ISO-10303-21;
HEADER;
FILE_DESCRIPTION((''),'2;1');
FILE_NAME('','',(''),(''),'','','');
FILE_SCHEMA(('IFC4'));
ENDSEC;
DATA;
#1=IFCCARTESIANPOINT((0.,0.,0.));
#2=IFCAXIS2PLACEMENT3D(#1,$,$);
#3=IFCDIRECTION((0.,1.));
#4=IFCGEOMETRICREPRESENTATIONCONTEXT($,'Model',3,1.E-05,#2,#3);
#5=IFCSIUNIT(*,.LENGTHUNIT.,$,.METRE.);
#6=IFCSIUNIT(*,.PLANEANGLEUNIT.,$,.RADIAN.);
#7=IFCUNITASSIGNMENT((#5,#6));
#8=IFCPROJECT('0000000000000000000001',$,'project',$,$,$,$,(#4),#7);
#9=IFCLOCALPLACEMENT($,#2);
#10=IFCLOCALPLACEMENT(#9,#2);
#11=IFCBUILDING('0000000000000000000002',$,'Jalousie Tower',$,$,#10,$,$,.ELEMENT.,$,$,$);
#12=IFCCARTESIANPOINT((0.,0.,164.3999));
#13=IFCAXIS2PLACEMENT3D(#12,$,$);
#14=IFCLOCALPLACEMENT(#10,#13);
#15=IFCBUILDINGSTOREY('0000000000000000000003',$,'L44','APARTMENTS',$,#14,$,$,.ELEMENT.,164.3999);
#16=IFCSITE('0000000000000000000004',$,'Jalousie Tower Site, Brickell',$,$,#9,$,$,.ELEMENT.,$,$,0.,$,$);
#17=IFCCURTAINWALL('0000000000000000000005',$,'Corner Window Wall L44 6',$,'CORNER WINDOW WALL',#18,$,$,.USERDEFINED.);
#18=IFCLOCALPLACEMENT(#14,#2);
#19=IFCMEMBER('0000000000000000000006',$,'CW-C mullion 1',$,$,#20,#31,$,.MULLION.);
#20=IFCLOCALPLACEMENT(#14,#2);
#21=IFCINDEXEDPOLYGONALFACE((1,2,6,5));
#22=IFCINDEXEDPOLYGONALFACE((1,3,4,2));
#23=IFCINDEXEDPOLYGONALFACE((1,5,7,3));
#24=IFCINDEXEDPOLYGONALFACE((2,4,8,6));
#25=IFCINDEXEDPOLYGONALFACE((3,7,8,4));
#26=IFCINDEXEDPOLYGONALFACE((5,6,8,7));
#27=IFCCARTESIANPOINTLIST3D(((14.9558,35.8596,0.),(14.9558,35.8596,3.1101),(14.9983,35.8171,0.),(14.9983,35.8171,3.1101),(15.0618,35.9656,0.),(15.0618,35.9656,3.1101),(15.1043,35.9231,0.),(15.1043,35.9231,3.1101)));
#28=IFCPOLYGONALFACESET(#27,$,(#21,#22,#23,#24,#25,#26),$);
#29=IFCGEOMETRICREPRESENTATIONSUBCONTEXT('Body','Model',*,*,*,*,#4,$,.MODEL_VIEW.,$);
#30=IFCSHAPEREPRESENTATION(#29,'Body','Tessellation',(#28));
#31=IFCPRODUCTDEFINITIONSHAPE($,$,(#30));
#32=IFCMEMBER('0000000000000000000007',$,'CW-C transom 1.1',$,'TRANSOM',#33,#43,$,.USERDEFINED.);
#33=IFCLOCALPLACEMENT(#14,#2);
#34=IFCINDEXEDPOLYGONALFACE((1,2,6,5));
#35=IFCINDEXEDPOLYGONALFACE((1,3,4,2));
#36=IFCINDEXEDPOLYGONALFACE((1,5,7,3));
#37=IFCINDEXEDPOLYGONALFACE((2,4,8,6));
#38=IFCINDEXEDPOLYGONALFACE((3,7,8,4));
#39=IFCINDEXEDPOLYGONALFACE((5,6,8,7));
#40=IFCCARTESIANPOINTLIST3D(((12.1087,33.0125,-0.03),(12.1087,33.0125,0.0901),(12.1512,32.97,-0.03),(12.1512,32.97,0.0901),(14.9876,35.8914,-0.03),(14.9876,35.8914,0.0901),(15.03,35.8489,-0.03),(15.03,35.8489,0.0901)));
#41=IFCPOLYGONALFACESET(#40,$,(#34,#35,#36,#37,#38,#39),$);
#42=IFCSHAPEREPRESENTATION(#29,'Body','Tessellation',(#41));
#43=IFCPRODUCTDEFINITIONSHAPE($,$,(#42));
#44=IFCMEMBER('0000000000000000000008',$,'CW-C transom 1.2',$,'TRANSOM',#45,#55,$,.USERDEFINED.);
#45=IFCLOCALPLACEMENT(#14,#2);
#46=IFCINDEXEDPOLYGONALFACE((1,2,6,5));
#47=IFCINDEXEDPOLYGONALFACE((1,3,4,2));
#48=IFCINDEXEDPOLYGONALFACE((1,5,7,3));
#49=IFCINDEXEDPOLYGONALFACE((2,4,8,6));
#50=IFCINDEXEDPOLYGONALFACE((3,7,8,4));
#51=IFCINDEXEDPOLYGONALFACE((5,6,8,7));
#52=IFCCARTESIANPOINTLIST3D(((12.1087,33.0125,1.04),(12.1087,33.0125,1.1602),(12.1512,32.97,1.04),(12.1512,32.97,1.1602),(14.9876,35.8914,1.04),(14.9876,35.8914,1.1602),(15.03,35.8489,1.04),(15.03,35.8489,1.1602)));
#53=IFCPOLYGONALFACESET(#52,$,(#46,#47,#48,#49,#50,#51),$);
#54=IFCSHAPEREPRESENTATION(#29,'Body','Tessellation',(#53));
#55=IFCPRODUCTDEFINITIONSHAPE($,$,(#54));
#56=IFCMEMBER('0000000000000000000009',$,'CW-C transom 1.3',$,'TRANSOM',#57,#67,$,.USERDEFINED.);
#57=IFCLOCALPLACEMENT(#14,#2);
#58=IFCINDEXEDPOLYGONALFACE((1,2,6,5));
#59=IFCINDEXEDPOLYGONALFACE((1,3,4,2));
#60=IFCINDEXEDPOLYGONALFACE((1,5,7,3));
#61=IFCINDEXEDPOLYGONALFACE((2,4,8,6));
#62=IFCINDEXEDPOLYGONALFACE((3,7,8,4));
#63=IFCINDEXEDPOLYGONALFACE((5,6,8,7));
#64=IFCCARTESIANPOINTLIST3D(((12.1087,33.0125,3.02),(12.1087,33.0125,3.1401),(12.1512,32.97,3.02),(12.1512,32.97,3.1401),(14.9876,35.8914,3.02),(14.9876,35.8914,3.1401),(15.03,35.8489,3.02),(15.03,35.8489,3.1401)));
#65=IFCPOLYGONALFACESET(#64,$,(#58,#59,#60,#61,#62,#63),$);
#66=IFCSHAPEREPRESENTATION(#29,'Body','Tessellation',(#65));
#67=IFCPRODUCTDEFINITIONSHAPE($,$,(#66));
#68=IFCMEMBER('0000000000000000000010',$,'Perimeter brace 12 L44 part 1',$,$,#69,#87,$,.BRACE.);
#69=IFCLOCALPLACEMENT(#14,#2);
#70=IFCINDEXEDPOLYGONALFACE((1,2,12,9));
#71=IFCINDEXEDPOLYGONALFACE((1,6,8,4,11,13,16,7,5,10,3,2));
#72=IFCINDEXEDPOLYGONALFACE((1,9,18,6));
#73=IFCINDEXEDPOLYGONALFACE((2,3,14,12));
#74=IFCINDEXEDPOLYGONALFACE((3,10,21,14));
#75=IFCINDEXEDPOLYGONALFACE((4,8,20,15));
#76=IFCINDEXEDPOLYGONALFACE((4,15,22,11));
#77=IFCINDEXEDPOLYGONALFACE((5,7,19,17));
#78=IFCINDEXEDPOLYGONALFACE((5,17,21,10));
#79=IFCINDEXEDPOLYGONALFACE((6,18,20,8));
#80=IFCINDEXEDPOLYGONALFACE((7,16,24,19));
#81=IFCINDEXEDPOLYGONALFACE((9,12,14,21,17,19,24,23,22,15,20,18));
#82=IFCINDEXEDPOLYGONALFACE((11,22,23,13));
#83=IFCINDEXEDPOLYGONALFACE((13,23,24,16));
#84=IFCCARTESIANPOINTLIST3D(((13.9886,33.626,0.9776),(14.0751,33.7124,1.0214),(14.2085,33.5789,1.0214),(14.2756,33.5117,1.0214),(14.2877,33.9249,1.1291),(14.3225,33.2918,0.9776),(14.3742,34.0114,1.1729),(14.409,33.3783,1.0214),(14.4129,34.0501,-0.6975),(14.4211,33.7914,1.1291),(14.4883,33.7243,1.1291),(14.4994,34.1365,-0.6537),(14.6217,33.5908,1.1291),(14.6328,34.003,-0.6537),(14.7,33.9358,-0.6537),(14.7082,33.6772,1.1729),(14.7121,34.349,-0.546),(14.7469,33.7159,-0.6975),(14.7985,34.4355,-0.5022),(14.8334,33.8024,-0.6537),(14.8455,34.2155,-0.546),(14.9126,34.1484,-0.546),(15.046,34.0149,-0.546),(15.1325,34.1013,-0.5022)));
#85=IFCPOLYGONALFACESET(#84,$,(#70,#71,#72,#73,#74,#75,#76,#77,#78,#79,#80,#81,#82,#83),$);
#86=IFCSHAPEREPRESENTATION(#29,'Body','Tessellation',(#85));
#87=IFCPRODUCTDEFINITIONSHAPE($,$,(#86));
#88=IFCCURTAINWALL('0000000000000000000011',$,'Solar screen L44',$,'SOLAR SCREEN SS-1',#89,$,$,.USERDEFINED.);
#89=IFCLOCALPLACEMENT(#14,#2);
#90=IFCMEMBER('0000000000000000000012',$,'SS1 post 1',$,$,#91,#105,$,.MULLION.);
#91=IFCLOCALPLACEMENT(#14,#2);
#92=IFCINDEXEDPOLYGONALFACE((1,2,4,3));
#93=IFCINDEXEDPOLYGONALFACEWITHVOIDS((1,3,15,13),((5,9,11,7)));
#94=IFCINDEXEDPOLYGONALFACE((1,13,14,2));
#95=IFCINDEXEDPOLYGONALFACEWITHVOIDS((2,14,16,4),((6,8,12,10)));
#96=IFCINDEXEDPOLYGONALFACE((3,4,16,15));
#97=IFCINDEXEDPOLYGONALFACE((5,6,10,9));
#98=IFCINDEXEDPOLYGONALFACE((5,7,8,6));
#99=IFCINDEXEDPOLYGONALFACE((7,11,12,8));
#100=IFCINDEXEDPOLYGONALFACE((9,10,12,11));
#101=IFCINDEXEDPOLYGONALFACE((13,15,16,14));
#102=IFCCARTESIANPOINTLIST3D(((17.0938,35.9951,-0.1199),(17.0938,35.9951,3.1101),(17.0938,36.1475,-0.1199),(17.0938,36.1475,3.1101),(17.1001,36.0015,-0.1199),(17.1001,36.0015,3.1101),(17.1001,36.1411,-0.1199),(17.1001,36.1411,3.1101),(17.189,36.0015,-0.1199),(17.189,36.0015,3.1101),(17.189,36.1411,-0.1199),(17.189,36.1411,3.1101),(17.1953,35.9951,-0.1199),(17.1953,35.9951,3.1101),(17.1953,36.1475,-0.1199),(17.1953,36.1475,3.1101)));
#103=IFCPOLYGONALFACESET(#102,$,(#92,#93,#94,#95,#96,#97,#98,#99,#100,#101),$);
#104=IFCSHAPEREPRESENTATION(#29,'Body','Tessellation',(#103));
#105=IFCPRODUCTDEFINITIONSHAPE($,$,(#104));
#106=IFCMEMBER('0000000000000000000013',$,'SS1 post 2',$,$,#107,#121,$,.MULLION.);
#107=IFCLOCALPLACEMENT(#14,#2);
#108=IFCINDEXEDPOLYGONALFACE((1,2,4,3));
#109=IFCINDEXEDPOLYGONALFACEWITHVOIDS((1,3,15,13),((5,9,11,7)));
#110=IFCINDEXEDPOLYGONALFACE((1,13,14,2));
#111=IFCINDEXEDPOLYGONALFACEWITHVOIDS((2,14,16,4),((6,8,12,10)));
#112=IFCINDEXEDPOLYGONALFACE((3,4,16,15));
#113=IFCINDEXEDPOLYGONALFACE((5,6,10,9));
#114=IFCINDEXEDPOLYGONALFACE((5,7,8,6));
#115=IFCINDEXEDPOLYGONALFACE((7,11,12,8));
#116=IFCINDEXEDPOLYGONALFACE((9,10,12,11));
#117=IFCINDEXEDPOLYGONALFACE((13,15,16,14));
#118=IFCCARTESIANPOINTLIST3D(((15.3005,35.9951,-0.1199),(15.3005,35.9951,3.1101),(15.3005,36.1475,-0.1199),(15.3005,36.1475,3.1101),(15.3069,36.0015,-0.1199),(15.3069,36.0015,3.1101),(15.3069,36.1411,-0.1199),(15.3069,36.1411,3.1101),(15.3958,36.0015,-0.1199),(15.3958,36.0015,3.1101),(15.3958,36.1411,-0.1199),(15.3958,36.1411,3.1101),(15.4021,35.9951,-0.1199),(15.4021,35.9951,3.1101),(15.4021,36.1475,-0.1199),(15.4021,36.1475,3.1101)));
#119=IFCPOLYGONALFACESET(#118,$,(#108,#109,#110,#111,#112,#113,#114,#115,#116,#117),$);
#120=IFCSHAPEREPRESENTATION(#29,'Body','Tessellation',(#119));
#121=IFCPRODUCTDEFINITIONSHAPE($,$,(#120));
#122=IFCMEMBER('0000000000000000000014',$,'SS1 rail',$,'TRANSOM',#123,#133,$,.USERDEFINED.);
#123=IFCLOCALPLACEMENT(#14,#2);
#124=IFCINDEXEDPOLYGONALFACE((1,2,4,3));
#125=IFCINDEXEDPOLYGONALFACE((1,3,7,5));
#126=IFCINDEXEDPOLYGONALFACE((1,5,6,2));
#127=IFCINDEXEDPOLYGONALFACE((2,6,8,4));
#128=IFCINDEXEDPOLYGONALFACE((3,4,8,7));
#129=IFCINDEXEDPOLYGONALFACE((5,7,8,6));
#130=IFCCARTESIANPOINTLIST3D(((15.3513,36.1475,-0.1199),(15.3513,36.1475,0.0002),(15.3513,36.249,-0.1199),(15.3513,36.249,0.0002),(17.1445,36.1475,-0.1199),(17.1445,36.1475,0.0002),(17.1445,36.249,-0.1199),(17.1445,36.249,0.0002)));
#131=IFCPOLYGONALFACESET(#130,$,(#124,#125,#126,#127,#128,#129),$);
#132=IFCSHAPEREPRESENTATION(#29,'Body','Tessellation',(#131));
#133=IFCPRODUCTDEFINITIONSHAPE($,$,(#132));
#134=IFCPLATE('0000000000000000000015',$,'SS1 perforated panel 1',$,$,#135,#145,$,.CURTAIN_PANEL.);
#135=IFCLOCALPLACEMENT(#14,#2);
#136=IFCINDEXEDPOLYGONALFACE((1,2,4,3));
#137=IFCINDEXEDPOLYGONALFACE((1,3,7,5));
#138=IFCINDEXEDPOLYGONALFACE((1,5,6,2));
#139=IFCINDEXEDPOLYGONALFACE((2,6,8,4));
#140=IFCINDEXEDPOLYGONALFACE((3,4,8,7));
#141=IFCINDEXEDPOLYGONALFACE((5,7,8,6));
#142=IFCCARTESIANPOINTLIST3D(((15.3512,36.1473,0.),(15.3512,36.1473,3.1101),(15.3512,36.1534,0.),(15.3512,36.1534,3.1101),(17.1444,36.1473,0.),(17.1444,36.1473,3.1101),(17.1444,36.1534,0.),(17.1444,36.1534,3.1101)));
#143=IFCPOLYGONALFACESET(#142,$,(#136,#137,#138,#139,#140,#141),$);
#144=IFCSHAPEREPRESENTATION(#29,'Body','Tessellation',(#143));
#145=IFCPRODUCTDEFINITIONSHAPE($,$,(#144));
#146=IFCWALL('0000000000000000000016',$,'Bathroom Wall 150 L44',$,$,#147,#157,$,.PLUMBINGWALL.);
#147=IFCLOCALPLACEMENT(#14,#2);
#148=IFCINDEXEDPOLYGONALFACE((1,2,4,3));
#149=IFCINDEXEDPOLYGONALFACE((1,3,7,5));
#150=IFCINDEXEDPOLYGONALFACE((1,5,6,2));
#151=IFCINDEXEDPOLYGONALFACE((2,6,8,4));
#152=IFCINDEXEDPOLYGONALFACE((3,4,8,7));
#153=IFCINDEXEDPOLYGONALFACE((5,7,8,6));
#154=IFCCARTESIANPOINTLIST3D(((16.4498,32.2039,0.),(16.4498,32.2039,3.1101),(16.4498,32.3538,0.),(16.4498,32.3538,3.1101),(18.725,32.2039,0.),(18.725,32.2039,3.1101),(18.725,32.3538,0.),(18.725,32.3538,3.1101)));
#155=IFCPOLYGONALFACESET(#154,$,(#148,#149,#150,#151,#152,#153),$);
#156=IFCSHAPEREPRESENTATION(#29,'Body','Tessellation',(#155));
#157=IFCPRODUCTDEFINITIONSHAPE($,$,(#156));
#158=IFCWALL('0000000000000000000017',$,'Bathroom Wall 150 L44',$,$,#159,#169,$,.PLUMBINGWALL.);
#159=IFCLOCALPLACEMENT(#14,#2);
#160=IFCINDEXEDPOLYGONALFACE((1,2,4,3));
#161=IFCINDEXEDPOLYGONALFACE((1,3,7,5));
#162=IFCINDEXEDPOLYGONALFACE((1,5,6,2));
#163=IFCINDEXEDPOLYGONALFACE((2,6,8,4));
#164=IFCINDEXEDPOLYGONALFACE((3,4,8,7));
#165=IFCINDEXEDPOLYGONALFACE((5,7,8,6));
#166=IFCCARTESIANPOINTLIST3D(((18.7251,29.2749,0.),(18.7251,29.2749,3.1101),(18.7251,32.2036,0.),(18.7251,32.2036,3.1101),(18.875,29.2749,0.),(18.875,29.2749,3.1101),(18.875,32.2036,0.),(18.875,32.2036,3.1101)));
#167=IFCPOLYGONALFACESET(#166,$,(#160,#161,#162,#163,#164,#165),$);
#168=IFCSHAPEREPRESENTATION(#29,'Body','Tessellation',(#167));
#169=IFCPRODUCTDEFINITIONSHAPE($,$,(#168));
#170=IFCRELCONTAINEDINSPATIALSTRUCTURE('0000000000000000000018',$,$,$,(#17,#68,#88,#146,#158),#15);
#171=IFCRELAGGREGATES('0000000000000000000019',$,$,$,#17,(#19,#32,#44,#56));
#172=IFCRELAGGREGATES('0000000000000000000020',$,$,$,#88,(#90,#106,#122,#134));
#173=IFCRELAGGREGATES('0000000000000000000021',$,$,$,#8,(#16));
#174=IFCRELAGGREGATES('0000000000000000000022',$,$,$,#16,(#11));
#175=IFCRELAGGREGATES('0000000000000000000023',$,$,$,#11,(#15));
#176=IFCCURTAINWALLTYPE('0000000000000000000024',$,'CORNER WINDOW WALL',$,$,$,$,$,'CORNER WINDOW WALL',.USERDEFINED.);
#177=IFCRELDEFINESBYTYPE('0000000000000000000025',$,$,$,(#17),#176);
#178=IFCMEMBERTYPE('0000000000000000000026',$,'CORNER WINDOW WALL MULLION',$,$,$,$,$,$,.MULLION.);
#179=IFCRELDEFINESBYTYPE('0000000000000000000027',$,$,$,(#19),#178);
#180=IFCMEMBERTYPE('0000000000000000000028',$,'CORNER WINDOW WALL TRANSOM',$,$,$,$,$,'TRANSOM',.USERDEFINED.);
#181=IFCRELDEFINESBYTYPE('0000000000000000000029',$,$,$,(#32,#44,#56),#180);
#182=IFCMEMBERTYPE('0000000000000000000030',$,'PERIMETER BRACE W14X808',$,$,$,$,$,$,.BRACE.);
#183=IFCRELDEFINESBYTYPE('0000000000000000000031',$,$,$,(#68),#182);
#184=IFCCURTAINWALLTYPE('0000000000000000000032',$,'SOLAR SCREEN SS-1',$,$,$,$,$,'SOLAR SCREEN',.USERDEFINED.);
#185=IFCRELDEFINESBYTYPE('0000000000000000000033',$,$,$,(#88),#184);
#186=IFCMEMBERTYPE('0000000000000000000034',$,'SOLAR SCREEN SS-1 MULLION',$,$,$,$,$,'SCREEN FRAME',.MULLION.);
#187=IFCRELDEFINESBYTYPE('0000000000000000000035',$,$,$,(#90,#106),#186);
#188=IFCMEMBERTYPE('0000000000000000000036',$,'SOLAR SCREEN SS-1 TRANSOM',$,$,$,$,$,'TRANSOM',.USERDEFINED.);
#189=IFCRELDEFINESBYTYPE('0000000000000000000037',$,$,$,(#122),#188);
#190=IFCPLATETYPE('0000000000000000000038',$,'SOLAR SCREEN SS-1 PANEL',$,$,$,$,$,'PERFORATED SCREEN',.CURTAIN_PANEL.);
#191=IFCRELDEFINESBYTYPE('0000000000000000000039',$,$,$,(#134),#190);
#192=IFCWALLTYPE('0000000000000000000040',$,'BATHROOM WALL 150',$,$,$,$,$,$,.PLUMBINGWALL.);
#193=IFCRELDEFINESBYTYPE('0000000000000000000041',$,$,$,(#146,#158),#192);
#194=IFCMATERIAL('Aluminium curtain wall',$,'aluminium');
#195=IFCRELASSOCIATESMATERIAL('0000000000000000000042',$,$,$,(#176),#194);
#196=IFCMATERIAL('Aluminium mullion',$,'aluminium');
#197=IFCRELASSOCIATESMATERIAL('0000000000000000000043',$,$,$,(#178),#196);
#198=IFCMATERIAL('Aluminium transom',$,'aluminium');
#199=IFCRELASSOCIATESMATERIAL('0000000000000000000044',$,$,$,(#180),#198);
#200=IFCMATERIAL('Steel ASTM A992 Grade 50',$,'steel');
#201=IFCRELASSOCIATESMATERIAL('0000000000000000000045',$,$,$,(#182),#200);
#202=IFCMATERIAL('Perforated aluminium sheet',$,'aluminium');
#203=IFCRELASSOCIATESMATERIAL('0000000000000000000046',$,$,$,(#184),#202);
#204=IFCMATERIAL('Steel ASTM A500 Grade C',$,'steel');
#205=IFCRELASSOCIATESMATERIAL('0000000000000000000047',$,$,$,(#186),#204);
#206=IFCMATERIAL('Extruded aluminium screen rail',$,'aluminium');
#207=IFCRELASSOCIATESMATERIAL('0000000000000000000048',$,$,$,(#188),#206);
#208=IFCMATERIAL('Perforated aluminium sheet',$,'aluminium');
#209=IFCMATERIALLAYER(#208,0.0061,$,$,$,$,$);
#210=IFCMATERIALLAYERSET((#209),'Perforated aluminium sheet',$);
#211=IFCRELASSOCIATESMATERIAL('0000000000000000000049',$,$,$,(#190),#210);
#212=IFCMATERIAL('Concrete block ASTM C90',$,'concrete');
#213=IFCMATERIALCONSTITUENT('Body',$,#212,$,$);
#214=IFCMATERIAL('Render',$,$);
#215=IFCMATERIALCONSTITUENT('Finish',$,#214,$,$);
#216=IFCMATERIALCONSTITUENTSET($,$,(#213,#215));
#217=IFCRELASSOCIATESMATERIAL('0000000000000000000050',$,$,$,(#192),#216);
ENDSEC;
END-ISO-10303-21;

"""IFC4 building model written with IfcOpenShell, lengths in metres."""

from ifc_helpers import new_model, si_unit, direction, frame, frame_2d, origin, origin_2d, place, context, subcontext, project, spatial, rectangle, hollow_rectangle, i_section, extrude, material, layer, layer_set, constituent, constituent_set, material_profile, profile_set, type_object, element, aggregate, save


model = new_model("IFC4")

# Units and contexts
model_context = context("Model", 3, precision=1e-05, world=origin(), true_north=direction((0.0, 1.0)))
body_context = subcontext(model_context, "Body", "Model", "MODEL_VIEW")
ifc_project = project(units=[si_unit("LENGTHUNIT", "METRE"), si_unit("PLANEANGLEUNIT", "RADIAN")], contexts=[model_context])

# Site, building, storey
site_placement = place(None, origin())
site = spatial("IfcSite", under=ifc_project, at=site_placement, Name="Jalousie Tower Site, Brickell", CompositionType="ELEMENT", RefElevation=0.0)
building_placement = place(site_placement, origin())
building = spatial("IfcBuilding", under=site, at=building_placement, Name="Jalousie Tower", CompositionType="ELEMENT")
storey_placement = place(building_placement, frame((0.0, 0.0, 164.3999)))
storey = spatial("IfcBuildingStorey", under=building, at=storey_placement, Name="L44", Description="APARTMENTS", CompositionType="ELEMENT", Elevation=164.3999)

# Curtain wall, members
ifc_material_1 = material(Name="Aluminium curtain wall", Category="aluminium")
curtain_wall_type_1 = type_object("IfcCurtainWallType", Name="CORNER WINDOW WALL", ElementType="CORNER WINDOW WALL", PredefinedType="USERDEFINED", material=ifc_material_1)
curtain_wall_1_placement = place(storey_placement, origin())
curtain_wall_1 = element("IfcCurtainWall", 1, at=curtain_wall_1_placement, inside=storey, type_object=curtain_wall_type_1, Name="Corner Window Wall L44 6", ObjectType="CORNER WINDOW WALL", PredefinedType="USERDEFINED")
ifc_material_2 = material(Name="Aluminium mullion", Category="aluminium")
ifc_material_profile_1 = material_profile(ifc_material_2, rectangle(XDim=0.0601, YDim=0.1499, at=origin_2d()), Name="MULLION 60x150")
ifc_profile_set_1 = profile_set([ifc_material_profile_1], Name="Aluminium mullion")
member_type_1 = type_object("IfcMemberType", Name="CORNER WINDOW WALL MULLION", PredefinedType="MULLION", material=ifc_profile_set_1)
member_1_placement = place(storey_placement, frame((15.03, 35.8914, 0.0), z_axis=(0.0, 0.0, 1.0), x_axis=(0.707107, -0.707107, 0.0)))
member_1 = element("IfcMember", 2, at=member_1_placement, type_object=member_type_1, Name="CW-C mullion 1", PredefinedType="MULLION", context=body_context, shape_type="SweptSolid", body=[
    extrude(rectangle(XDim=0.0601, YDim=0.1499, at=origin_2d()), origin(), (0.0, 0.0, 1.0), 3.1101),
])
ifc_material_3 = material(Name="Aluminium transom", Category="aluminium")
ifc_material_profile_2 = material_profile(ifc_material_3, rectangle(XDim=0.0601, YDim=0.1201, at=origin_2d()), Name="TRANSOM 60x120")
ifc_profile_set_2 = profile_set([ifc_material_profile_2], Name="Aluminium transom")
member_type_2 = type_object("IfcMemberType", Name="CORNER WINDOW WALL TRANSOM", ElementType="TRANSOM", PredefinedType="USERDEFINED", material=ifc_profile_set_2)
member_2_placement = place(storey_placement, frame((15.0088, 35.8701, 0.03), z_axis=(-0.707107, -0.707107, 0.0), x_axis=(0.707107, -0.707107, 0.0)))
member_2 = element("IfcMember", 3, at=member_2_placement, type_object=member_type_2, Name="CW-C transom 1.1", ObjectType="TRANSOM", PredefinedType="USERDEFINED", context=body_context, shape_type="SweptSolid", body=[
    extrude(rectangle(XDim=0.0601, YDim=0.1201, at=origin_2d()), origin(), (0.0, 0.0, 1.0), 4.0713),
])
member_3_placement = place(storey_placement, frame((15.0088, 35.8701, 1.1001), z_axis=(-0.707107, -0.707107, 0.0), x_axis=(0.707107, -0.707107, 0.0)))
member_3 = element("IfcMember", 4, at=member_3_placement, type_object=member_type_2, Name="CW-C transom 1.2", ObjectType="TRANSOM", PredefinedType="USERDEFINED", context=body_context, shape_type="SweptSolid", body=[
    extrude(rectangle(XDim=0.0601, YDim=0.1201, at=origin_2d()), origin(), (0.0, 0.0, 1.0), 4.0713),
])
member_4_placement = place(storey_placement, frame((15.0088, 35.8701, 3.0801), z_axis=(-0.707107, -0.707107, 0.0), x_axis=(0.707107, -0.707107, 0.0)))
member_4 = element("IfcMember", 5, at=member_4_placement, type_object=member_type_2, Name="CW-C transom 1.3", ObjectType="TRANSOM", PredefinedType="USERDEFINED", context=body_context, shape_type="SweptSolid", body=[
    extrude(rectangle(XDim=0.0601, YDim=0.1201, at=origin_2d()), origin(), (0.0, 0.0, 1.0), 4.0713),
])
aggregate(curtain_wall_1, [member_1, member_2, member_3, member_4])

# Member
ifc_material_4 = material(Name="Steel ASTM A992 Grade 50", Category="steel")
ifc_material_profile_3 = material_profile(ifc_material_4, i_section(OverallWidth=0.4724, OverallDepth=0.5791, WebThickness=0.095, FlangeThickness=0.1299, at=origin_2d()), Name="W14X808")
ifc_profile_set_3 = profile_set([ifc_material_profile_3], Name="Steel ASTM A992 Grade 50")
member_type_3 = type_object("IfcMemberType", Name="PERIMETER BRACE W14X808", PredefinedType="BRACE", material=ifc_profile_set_3)
member_5_placement = place(storey_placement, frame((14.7727, 34.0757, -0.5999), z_axis=(-0.238483, -0.238346, 0.941444), x_axis=(0.706903, -0.70731, 0.0)))
element("IfcMember", 6, at=member_5_placement, inside=storey, type_object=member_type_3, Name="Perimeter brace 12 L44 part 1", PredefinedType="BRACE", context=body_context, shape_type="SweptSolid", body=[
    extrude(i_section(OverallWidth=0.4724, OverallDepth=0.5791, WebThickness=0.095, FlangeThickness=0.1299, at=origin_2d()), origin(), (0.0, 0.0, 1.0), 1.7793),
])

# Curtain wall, members, plate
ifc_material_5 = material(Name="Perforated aluminium sheet", Category="aluminium")
curtain_wall_type_2 = type_object("IfcCurtainWallType", Name="SOLAR SCREEN SS-1", ElementType="SOLAR SCREEN", PredefinedType="USERDEFINED", material=ifc_material_5)
curtain_wall_2_placement = place(storey_placement, origin())
curtain_wall_2 = element("IfcCurtainWall", 7, at=curtain_wall_2_placement, inside=storey, type_object=curtain_wall_type_2, Name="Solar screen L44", ObjectType="SOLAR SCREEN SS-1", PredefinedType="USERDEFINED")
ifc_material_6 = material(Name="Steel ASTM A500 Grade C", Category="steel")
ifc_material_profile_4 = material_profile(ifc_material_6, hollow_rectangle(XDim=0.1016, YDim=0.1523, WallThickness=0.0063, at=origin_2d()), Name="HSS6X4X1/4")
ifc_profile_set_4 = profile_set([ifc_material_profile_4], Name="Steel ASTM A500 Grade C")
member_type_4 = type_object("IfcMemberType", Name="SOLAR SCREEN SS-1 MULLION", ElementType="SCREEN FRAME", PredefinedType="MULLION", material=ifc_profile_set_4)
member_6_placement = place(storey_placement, frame((17.1445, 36.0713, -0.1199), z_axis=(0.0, 0.0, 1.0), x_axis=(-1.0, 0.0, 0.0)))
member_6 = element("IfcMember", 8, at=member_6_placement, type_object=member_type_4, Name="SS1 post 1", PredefinedType="MULLION", context=body_context, shape_type="SweptSolid", body=[
    extrude(hollow_rectangle(XDim=0.1016, YDim=0.1523, WallThickness=0.0063, at=origin_2d()), origin(), (0.0, 0.0, 1.0), 3.23),
])
member_7_placement = place(storey_placement, frame((15.3513, 36.0713, -0.1199), z_axis=(0.0, 0.0, 1.0), x_axis=(-1.0, 0.0, 0.0)))
member_7 = element("IfcMember", 9, at=member_7_placement, type_object=member_type_4, Name="SS1 post 2", PredefinedType="MULLION", context=body_context, shape_type="SweptSolid", body=[
    extrude(hollow_rectangle(XDim=0.1016, YDim=0.1523, WallThickness=0.0063, at=origin_2d()), origin(), (0.0, 0.0, 1.0), 3.23),
])
ifc_material_7 = material(Name="Extruded aluminium screen rail", Category="aluminium")
ifc_material_profile_5 = material_profile(ifc_material_7, rectangle(XDim=0.1016, YDim=0.1201, at=origin_2d()), Name="RAIL 102x120")
ifc_profile_set_5 = profile_set([ifc_material_profile_5], Name="Extruded aluminium screen rail")
member_type_5 = type_object("IfcMemberType", Name="SOLAR SCREEN SS-1 TRANSOM", ElementType="TRANSOM", PredefinedType="USERDEFINED", material=ifc_profile_set_5)
member_8_placement = place(storey_placement, frame((17.1445, 36.1982, -0.0598), z_axis=(-1.0, 0.0, 0.0), x_axis=(0.0, -1.0, 0.0)))
member_8 = element("IfcMember", 10, at=member_8_placement, type_object=member_type_5, Name="SS1 rail", ObjectType="TRANSOM", PredefinedType="USERDEFINED", context=body_context, shape_type="SweptSolid", body=[
    extrude(rectangle(XDim=0.1016, YDim=0.1201, at=origin_2d()), origin(), (0.0, 0.0, 1.0), 1.7932),
])
ifc_material_8 = material(Name="Perforated aluminium sheet", Category="aluminium")
ifc_layer = layer(ifc_material_8, 0.0061)
ifc_layer_set = layer_set([ifc_layer], Name="Perforated aluminium sheet")
plate_type = type_object("IfcPlateType", Name="SOLAR SCREEN SS-1 PANEL", ElementType="PERFORATED SCREEN", PredefinedType="CURTAIN_PANEL", material=ifc_layer_set)
plate_placement = place(storey_placement, frame((16.2478, 36.1504, 0.0), z_axis=(0.0, 0.0, 1.0), x_axis=(-1.0, 0.0, 0.0)))
plate = element("IfcPlate", 11, at=plate_placement, type_object=plate_type, Name="SS1 perforated panel 1", PredefinedType="CURTAIN_PANEL", context=body_context, shape_type="SweptSolid", body=[
    extrude(rectangle(XDim=1.7932, YDim=0.0061, at=origin_2d()), origin(), (0.0, 0.0, 1.0), 3.1101),
])
aggregate(curtain_wall_2, [member_6, member_7, member_8, plate])

# Walls
ifc_material_9 = material(Name="Concrete block ASTM C90", Category="concrete")
ifc_constituent_1 = constituent(ifc_material_9, Name="Body")
ifc_material_10 = material(Name="Render")
ifc_constituent_2 = constituent(ifc_material_10, Name="Finish")
ifc_constituent_set_1 = constituent_set(constituents=[ifc_constituent_1, ifc_constituent_2])
wall_type_1 = type_object("IfcWallType", Name="BATHROOM WALL 150", PredefinedType="PLUMBINGWALL", material=ifc_constituent_set_1)
wall_1_placement = place(storey_placement, frame((18.7251, 32.2788, 0.0), z_axis=(0.0, 0.0, 1.0), x_axis=(-1.0, 0.0, 0.0)))
element("IfcWall", 12, at=wall_1_placement, inside=storey, type_object=wall_type_1, Name="Bathroom Wall 150 L44", PredefinedType="PLUMBINGWALL", context=body_context, shape_type="SweptSolid", body=[
    extrude(rectangle(XDim=2.2751, YDim=0.1499, at=frame_2d((1.1377, 0.0))), origin(), (0.0, 0.0, 1.0), 3.1101),
])
wall_2_placement = place(storey_placement, frame((18.8, 32.2036, 0.0), z_axis=(0.0, 0.0, 1.0), x_axis=(0.0, -1.0, 0.0)))
element("IfcWall", 13, at=wall_2_placement, inside=storey, type_object=wall_type_1, Name="Bathroom Wall 150 L44", PredefinedType="PLUMBINGWALL", context=body_context, shape_type="SweptSolid", body=[
    extrude(rectangle(XDim=2.9287, YDim=0.1499, at=frame_2d((1.4644, 0.0))), origin(), (0.0, 0.0, 1.0), 3.1101),
])

save(model, "model.ifc")
